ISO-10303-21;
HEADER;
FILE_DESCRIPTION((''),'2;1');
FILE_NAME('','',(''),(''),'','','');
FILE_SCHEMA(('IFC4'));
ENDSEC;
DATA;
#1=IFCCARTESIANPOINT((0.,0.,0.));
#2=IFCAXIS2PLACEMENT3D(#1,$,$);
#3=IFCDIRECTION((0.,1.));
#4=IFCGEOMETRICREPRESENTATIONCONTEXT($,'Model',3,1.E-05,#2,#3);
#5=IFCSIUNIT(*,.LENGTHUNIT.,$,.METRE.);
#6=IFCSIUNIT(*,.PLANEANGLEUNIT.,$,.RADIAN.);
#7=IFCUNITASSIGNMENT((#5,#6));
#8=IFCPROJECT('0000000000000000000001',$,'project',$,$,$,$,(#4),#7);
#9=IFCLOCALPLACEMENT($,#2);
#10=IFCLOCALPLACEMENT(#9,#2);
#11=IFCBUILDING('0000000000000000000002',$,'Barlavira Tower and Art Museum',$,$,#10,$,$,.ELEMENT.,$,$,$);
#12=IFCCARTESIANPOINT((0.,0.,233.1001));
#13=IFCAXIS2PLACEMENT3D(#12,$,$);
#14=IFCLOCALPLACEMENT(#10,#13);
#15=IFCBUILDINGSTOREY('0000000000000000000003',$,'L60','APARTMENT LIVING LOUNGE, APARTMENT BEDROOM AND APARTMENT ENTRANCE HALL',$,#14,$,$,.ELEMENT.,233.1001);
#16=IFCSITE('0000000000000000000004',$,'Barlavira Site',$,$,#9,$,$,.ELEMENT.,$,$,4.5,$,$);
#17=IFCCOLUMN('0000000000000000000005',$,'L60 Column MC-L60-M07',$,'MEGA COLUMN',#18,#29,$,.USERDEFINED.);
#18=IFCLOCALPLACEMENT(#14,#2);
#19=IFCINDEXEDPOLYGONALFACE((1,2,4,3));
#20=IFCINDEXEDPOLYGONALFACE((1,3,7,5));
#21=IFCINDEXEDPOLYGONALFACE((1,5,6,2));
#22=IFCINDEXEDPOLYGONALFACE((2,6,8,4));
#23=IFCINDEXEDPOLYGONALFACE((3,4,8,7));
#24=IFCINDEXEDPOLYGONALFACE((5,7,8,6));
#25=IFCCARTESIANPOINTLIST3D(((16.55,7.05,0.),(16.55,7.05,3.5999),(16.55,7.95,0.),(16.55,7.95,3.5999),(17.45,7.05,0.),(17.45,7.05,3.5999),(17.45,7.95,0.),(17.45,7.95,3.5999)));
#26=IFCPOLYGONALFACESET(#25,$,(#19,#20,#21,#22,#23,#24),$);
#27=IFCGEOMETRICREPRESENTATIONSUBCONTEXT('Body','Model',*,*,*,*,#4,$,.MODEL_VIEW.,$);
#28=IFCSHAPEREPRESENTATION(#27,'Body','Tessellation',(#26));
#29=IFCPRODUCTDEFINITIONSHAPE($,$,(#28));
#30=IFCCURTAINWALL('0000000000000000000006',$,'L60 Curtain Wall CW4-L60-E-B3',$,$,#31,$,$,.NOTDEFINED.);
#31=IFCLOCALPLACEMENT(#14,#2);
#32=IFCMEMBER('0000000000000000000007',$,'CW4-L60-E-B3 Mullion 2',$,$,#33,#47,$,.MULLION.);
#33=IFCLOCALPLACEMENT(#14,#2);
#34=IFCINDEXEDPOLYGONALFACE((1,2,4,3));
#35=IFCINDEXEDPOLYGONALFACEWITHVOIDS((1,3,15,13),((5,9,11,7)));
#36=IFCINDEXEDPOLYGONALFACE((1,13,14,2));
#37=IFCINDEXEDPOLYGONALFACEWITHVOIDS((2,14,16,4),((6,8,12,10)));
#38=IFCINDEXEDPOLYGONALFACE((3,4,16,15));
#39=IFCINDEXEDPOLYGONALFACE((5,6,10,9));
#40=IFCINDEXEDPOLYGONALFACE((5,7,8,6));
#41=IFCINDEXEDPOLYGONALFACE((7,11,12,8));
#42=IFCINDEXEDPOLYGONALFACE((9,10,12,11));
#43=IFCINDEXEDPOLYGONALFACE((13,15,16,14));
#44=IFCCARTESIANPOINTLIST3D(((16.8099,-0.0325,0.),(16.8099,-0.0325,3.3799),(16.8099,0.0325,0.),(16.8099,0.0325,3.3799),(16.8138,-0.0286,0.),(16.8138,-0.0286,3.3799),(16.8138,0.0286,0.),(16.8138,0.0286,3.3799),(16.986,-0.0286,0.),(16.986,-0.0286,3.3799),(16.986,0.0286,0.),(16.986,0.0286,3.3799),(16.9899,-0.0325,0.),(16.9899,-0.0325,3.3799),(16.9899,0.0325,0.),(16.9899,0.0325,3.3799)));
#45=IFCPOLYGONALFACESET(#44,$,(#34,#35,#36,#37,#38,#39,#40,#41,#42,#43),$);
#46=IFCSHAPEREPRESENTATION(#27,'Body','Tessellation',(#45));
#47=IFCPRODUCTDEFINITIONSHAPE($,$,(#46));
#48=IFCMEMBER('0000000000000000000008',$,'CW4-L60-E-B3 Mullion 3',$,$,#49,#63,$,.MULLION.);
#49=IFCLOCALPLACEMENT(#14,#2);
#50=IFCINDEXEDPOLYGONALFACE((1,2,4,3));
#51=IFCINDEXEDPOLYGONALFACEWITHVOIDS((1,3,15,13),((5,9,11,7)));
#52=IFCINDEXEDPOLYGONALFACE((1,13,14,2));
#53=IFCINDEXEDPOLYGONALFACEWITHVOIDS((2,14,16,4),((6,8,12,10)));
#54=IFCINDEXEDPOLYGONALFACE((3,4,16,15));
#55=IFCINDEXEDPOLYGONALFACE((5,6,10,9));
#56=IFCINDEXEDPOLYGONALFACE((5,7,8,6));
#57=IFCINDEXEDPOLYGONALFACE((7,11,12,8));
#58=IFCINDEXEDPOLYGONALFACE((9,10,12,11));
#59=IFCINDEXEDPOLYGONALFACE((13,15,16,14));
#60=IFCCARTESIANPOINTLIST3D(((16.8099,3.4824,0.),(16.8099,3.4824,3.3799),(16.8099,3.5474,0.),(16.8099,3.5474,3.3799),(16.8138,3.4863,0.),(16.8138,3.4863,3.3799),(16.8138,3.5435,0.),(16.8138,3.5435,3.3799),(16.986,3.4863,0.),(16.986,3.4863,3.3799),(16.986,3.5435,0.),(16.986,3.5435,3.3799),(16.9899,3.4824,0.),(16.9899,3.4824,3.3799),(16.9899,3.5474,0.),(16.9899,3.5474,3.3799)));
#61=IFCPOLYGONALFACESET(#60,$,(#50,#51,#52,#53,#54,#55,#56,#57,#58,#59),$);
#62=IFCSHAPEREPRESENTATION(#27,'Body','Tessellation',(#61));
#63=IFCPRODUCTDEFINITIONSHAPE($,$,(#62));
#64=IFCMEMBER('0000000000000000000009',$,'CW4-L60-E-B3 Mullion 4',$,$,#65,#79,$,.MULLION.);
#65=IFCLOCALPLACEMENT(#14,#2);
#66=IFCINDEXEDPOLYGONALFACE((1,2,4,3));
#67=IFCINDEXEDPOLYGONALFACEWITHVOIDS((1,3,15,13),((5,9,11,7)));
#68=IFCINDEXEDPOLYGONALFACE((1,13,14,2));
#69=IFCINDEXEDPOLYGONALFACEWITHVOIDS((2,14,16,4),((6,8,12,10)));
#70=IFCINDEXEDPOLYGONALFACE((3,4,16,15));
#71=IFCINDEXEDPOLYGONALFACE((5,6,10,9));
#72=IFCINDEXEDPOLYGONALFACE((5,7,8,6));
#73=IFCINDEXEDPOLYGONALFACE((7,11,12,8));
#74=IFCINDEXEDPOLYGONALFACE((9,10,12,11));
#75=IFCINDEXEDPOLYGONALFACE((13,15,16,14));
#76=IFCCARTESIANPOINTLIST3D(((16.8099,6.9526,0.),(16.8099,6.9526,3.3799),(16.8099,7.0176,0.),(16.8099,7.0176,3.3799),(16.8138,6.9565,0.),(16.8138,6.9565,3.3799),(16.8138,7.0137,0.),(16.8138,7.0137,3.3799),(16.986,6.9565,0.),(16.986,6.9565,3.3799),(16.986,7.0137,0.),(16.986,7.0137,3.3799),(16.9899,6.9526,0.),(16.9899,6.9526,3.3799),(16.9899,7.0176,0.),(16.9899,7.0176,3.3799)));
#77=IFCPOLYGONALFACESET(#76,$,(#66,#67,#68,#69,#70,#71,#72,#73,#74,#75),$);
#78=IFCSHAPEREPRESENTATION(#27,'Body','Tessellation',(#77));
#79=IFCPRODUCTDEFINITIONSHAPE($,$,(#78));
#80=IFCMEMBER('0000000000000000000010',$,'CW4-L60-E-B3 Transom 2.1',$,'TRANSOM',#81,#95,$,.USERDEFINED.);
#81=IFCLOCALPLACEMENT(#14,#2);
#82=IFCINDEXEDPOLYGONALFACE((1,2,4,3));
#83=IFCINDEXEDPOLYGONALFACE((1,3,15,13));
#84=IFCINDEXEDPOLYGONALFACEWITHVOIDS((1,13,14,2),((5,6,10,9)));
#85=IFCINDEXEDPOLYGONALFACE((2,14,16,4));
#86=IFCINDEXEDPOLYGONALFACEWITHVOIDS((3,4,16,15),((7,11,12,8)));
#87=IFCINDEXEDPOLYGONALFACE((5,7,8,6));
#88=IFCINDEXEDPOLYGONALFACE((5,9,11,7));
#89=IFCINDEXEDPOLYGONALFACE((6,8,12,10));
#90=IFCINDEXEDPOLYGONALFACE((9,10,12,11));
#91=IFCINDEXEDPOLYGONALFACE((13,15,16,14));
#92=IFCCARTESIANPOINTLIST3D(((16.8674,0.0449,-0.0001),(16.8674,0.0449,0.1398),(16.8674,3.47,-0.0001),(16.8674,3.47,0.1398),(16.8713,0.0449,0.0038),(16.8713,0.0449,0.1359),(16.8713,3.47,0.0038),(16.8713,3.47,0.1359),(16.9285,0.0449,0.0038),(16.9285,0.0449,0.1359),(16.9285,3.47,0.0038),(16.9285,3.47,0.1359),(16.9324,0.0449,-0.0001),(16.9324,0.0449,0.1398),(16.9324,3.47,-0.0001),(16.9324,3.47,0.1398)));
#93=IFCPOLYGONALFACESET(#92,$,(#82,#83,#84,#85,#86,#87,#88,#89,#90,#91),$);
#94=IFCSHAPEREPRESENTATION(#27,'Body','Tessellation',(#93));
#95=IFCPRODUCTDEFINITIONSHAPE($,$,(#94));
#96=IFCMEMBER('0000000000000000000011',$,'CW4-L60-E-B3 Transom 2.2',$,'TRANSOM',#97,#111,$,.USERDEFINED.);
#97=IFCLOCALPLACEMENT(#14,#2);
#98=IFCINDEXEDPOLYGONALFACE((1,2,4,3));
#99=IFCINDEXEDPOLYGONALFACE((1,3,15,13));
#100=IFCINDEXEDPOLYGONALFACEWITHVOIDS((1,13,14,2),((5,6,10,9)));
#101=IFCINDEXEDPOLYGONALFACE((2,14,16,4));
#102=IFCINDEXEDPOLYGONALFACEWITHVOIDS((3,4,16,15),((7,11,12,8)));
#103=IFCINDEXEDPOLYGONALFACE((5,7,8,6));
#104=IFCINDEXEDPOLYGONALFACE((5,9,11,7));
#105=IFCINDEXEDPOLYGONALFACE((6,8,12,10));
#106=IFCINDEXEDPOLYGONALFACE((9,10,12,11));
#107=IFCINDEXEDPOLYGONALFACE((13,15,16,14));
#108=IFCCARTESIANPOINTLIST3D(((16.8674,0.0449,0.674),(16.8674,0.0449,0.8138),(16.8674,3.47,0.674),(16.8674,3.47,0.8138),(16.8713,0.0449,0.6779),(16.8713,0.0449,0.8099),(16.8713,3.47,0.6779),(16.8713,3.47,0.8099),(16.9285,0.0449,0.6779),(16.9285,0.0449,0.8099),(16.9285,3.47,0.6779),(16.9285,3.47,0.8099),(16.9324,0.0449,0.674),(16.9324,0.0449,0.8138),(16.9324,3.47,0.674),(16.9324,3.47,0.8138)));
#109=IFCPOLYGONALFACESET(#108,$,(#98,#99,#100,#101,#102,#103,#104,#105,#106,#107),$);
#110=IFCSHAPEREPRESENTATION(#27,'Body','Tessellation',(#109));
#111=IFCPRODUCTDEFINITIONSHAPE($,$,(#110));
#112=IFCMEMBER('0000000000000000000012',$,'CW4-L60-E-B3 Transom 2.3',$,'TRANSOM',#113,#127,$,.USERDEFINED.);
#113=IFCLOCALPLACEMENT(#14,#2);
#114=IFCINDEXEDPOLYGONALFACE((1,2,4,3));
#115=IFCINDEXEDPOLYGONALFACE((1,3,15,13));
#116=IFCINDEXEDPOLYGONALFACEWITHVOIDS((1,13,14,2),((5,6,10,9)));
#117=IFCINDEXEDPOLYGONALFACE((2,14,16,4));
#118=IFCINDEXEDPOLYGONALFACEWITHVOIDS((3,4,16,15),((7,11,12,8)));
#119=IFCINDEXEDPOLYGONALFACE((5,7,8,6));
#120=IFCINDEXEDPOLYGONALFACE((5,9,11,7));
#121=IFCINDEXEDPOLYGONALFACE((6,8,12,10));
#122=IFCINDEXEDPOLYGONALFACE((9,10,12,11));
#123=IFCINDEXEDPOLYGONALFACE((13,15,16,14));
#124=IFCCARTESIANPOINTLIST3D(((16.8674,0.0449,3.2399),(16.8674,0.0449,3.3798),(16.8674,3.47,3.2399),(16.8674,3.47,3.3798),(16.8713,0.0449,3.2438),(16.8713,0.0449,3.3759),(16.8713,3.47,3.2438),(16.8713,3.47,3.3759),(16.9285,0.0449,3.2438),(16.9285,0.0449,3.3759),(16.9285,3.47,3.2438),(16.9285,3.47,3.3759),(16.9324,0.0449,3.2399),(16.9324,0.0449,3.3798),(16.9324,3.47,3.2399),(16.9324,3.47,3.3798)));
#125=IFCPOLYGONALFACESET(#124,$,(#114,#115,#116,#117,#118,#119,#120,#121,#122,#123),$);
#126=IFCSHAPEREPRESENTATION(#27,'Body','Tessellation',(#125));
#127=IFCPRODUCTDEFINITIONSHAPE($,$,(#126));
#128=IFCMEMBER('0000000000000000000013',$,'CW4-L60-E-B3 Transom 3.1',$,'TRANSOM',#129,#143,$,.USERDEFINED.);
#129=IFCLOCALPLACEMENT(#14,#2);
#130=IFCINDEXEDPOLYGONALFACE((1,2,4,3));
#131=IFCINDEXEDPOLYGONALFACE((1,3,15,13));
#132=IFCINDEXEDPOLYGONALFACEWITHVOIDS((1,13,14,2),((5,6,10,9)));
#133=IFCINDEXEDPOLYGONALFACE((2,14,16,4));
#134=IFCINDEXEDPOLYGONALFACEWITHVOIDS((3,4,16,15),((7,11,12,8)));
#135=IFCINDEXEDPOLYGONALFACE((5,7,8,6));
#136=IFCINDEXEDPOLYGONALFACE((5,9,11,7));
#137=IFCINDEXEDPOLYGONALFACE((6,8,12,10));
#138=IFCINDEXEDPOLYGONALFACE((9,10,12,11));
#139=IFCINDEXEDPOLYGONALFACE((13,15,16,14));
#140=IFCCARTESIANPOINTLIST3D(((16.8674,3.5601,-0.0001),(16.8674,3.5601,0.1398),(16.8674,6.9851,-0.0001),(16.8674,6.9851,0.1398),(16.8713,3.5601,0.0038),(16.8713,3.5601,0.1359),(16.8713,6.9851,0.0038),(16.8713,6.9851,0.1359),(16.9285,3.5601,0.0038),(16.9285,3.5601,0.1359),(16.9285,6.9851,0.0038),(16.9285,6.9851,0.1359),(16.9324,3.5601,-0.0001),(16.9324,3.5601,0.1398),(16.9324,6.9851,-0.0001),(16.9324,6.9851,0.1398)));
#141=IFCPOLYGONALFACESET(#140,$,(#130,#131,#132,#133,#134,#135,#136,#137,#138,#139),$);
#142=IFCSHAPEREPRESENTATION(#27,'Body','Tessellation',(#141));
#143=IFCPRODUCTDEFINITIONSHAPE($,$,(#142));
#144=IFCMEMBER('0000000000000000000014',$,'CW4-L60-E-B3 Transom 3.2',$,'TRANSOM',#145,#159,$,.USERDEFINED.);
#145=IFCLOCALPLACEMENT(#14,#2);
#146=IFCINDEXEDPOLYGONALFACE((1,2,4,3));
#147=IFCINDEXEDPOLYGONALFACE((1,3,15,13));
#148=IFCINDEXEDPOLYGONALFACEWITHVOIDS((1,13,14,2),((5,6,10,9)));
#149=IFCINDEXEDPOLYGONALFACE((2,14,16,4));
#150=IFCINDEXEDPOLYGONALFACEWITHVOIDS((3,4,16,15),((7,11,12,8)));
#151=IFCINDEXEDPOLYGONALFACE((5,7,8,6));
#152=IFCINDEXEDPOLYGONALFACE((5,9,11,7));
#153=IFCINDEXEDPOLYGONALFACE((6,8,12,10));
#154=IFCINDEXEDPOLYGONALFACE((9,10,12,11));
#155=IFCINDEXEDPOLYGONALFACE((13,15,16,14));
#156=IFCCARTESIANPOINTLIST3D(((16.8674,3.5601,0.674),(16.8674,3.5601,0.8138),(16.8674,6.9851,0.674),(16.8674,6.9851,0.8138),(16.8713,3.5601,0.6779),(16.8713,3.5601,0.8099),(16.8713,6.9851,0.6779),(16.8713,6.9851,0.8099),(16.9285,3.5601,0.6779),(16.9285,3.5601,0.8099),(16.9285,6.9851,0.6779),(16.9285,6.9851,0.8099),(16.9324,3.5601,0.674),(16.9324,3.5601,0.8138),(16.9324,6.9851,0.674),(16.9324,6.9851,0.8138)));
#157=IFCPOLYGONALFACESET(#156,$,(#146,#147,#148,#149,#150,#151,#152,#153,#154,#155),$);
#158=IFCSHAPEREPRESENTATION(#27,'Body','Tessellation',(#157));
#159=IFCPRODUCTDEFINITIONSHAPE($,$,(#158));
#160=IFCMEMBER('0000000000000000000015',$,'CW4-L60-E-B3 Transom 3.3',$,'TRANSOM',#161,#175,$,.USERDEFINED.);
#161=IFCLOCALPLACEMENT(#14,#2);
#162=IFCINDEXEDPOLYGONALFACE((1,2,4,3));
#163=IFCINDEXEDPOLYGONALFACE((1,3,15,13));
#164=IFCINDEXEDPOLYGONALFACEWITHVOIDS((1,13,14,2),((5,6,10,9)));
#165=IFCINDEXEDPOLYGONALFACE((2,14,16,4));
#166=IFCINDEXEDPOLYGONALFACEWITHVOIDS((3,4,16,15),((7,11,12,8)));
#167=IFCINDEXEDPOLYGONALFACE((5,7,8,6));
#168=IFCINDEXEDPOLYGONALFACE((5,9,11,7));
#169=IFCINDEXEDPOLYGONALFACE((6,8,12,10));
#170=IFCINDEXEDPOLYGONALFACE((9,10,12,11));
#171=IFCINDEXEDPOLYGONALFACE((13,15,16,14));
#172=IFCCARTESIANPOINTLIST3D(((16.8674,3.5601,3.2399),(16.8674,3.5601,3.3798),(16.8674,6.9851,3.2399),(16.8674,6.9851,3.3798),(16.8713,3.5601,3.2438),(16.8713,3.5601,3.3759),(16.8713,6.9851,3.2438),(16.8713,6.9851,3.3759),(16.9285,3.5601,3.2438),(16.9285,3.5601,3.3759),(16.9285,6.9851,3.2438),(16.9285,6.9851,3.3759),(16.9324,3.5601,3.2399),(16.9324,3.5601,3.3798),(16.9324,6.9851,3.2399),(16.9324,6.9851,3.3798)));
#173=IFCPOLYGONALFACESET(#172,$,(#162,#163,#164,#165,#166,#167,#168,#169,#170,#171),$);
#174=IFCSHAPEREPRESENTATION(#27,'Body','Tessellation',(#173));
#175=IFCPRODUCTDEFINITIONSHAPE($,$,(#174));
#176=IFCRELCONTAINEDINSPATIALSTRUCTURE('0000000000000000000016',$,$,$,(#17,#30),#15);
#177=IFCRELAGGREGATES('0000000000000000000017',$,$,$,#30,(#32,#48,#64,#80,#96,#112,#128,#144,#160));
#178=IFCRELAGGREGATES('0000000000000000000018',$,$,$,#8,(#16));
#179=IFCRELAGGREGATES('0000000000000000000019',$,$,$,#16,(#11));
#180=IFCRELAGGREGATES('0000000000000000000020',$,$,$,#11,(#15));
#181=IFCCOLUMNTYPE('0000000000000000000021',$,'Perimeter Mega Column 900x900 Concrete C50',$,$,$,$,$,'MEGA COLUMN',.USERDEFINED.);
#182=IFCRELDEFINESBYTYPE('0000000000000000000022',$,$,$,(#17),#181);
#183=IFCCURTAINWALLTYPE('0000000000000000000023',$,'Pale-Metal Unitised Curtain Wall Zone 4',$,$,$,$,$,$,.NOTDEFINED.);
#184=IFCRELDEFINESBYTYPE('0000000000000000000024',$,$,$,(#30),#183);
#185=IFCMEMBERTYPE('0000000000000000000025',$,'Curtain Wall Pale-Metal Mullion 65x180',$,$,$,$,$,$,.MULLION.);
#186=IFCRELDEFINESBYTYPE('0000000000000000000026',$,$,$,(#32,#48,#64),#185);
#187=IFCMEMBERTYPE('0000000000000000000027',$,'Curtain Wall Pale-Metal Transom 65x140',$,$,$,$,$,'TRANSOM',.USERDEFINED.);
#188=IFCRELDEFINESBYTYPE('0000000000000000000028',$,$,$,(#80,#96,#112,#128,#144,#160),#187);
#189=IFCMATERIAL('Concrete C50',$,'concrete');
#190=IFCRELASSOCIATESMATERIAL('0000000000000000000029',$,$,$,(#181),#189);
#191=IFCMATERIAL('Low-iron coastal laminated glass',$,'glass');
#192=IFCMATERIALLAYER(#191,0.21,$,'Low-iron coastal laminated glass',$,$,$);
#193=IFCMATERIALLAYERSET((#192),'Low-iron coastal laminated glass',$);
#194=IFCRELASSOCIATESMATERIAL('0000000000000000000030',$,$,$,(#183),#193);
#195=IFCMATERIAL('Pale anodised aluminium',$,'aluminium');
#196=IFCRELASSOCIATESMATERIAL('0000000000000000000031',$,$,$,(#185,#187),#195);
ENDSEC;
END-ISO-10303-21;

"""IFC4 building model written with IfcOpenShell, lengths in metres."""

from ifc_helpers import new_model, si_unit, direction, frame, origin, origin_2d, place, context, subcontext, project, spatial, rectangle, hollow_rectangle, extrude, material, layer, layer_set, material_profile, profile_set, type_object, element, aggregate, save


model = new_model("IFC4")

# Units and contexts
model_context = context("Model", 3, precision=1e-05, world=origin(), true_north=direction((0.0, 1.0)))
body_context = subcontext(model_context, "Body", "Model", "MODEL_VIEW")
ifc_project = project(units=[si_unit("LENGTHUNIT", "METRE"), si_unit("PLANEANGLEUNIT", "RADIAN")], contexts=[model_context])

# Site, building, storey
site_placement = place(None, origin())
site = spatial("IfcSite", under=ifc_project, at=site_placement, Name="Barlavira Site", CompositionType="ELEMENT", RefElevation=4.5)
building_placement = place(site_placement, origin())
building = spatial("IfcBuilding", under=site, at=building_placement, Name="Barlavira Tower and Art Museum", CompositionType="ELEMENT")
storey_placement = place(building_placement, frame((0.0, 0.0, 233.1001)))
storey = spatial("IfcBuildingStorey", under=building, at=storey_placement, Name="L60", Description="APARTMENT LIVING LOUNGE, APARTMENT BEDROOM AND APARTMENT ENTRANCE HALL", CompositionType="ELEMENT", Elevation=233.1001)

# Column
ifc_material_1 = material(Name="Concrete C50", Category="concrete")
ifc_material_profile_1 = material_profile(ifc_material_1, rectangle(XDim=0.8999, YDim=0.8999, at=origin_2d()), Name="RC-COL 900x900")
ifc_profile_set_1 = profile_set([ifc_material_profile_1], Name="Concrete C50")
column_type = type_object("IfcColumnType", Name="Perimeter Mega Column 900x900 Concrete C50", ElementType="MEGA COLUMN", PredefinedType="USERDEFINED", material=ifc_profile_set_1)
column_placement = place(storey_placement, frame((17.0, 7.5, 0.0), z_axis=(0.0, 0.0, 1.0), x_axis=(1.0, 0.0, 0.0)))
element("IfcColumn", 1, at=column_placement, inside=storey, type_object=column_type, Name="L60 Column MC-L60-M07", ObjectType="MEGA COLUMN", PredefinedType="USERDEFINED", context=body_context, shape_type="SweptSolid", body=[
    extrude(rectangle(XDim=0.8999, YDim=0.8999, at=origin_2d()), origin(), (0.0, 0.0, 1.0), 3.5999),
])

# Curtain wall, members
ifc_material_2 = material(Name="Low-iron coastal laminated glass", Category="glass")
ifc_layer_1 = layer(ifc_material_2, 0.21, Name="Low-iron coastal laminated glass")
ifc_layer_set_1 = layer_set([ifc_layer_1], Name="Low-iron coastal laminated glass")
curtain_wall_type = type_object("IfcCurtainWallType", Name="Pale-Metal Unitised Curtain Wall Zone 4", PredefinedType="NOTDEFINED", material=ifc_layer_set_1)
curtain_wall_placement = place(storey_placement, origin())
curtain_wall = element("IfcCurtainWall", 2, at=curtain_wall_placement, inside=storey, type_object=curtain_wall_type, Name="L60 Curtain Wall CW4-L60-E-B3", PredefinedType="NOTDEFINED")
ifc_material_3 = material(Name="Pale anodised aluminium", Category="aluminium")
ifc_material_profile_2 = material_profile(ifc_material_3, hollow_rectangle(XDim=0.0649, YDim=0.1799, WallThickness=0.0039, at=origin_2d()), Name="ALU-MULL 65x180x4")
ifc_profile_set_2 = profile_set([ifc_material_profile_2], Name="Pale anodised aluminium")
member_type_1 = type_object("IfcMemberType", Name="Curtain Wall Pale-Metal Mullion 65x180", PredefinedType="MULLION", material=ifc_profile_set_2)
member_1_placement = place(storey_placement, frame((16.8999, 0.0, 0.0), z_axis=(0.0, 0.0, 1.0), x_axis=(0.0, 1.0, 0.0)))
member_1 = element("IfcMember", 3, at=member_1_placement, type_object=member_type_1, Name="CW4-L60-E-B3 Mullion 2", PredefinedType="MULLION", context=body_context, shape_type="SweptSolid", body=[
    extrude(hollow_rectangle(XDim=0.0649, YDim=0.1799, WallThickness=0.0039, at=origin_2d()), origin(), (0.0, 0.0, 1.0), 3.3799),
])
member_2_placement = place(storey_placement, frame((16.8999, 3.5149, 0.0), z_axis=(0.0, 0.0, 1.0), x_axis=(0.0, 1.0, 0.0)))
member_2 = element("IfcMember", 4, at=member_2_placement, type_object=member_type_1, Name="CW4-L60-E-B3 Mullion 3", PredefinedType="MULLION", context=body_context, shape_type="SweptSolid", body=[
    extrude(hollow_rectangle(XDim=0.0649, YDim=0.1799, WallThickness=0.0039, at=origin_2d()), origin(), (0.0, 0.0, 1.0), 3.3799),
])
member_3_placement = place(storey_placement, frame((16.8999, 6.9851, 0.0), z_axis=(0.0, 0.0, 1.0), x_axis=(0.0, 1.0, 0.0)))
member_3 = element("IfcMember", 5, at=member_3_placement, type_object=member_type_1, Name="CW4-L60-E-B3 Mullion 4", PredefinedType="MULLION", context=body_context, shape_type="SweptSolid", body=[
    extrude(hollow_rectangle(XDim=0.0649, YDim=0.1799, WallThickness=0.0039, at=origin_2d()), origin(), (0.0, 0.0, 1.0), 3.3799),
])
ifc_material_profile_3 = material_profile(ifc_material_3, hollow_rectangle(XDim=0.0649, YDim=0.1399, WallThickness=0.0039, at=origin_2d()), Name="ALU-TRAN 65x140x4")
ifc_profile_set_3 = profile_set([ifc_material_profile_3], Name="Pale anodised aluminium")
member_type_2 = type_object("IfcMemberType", Name="Curtain Wall Pale-Metal Transom 65x140", ElementType="TRANSOM", PredefinedType="USERDEFINED", material=ifc_profile_set_3)
member_4_placement = place(storey_placement, frame((16.8999, 0.0449, 0.0698), z_axis=(0.0, 1.0, 0.0), x_axis=(-1.0, 0.0, 0.0)))
member_4 = element("IfcMember", 6, at=member_4_placement, type_object=member_type_2, Name="CW4-L60-E-B3 Transom 2.1", ObjectType="TRANSOM", PredefinedType="USERDEFINED", context=body_context, shape_type="SweptSolid", body=[
    extrude(hollow_rectangle(XDim=0.0649, YDim=0.1399, WallThickness=0.0039, at=origin_2d()), origin(), (0.0, 0.0, 1.0), 3.425),
])
member_5_placement = place(storey_placement, frame((16.8999, 0.0449, 0.7439), z_axis=(0.0, 1.0, 0.0), x_axis=(-1.0, 0.0, 0.0)))
member_5 = element("IfcMember", 7, at=member_5_placement, type_object=member_type_2, Name="CW4-L60-E-B3 Transom 2.2", ObjectType="TRANSOM", PredefinedType="USERDEFINED", context=body_context, shape_type="SweptSolid", body=[
    extrude(hollow_rectangle(XDim=0.0649, YDim=0.1399, WallThickness=0.0039, at=origin_2d()), origin(), (0.0, 0.0, 1.0), 3.425),
])
member_6_placement = place(storey_placement, frame((16.8999, 0.0449, 3.3098), z_axis=(0.0, 1.0, 0.0), x_axis=(-1.0, 0.0, 0.0)))
member_6 = element("IfcMember", 8, at=member_6_placement, type_object=member_type_2, Name="CW4-L60-E-B3 Transom 2.3", ObjectType="TRANSOM", PredefinedType="USERDEFINED", context=body_context, shape_type="SweptSolid", body=[
    extrude(hollow_rectangle(XDim=0.0649, YDim=0.1399, WallThickness=0.0039, at=origin_2d()), origin(), (0.0, 0.0, 1.0), 3.425),
])
member_7_placement = place(storey_placement, frame((16.8999, 3.5601, 0.0698), z_axis=(0.0, 1.0, 0.0), x_axis=(-1.0, 0.0, 0.0)))
member_7 = element("IfcMember", 9, at=member_7_placement, type_object=member_type_2, Name="CW4-L60-E-B3 Transom 3.1", ObjectType="TRANSOM", PredefinedType="USERDEFINED", context=body_context, shape_type="SweptSolid", body=[
    extrude(hollow_rectangle(XDim=0.0649, YDim=0.1399, WallThickness=0.0039, at=origin_2d()), origin(), (0.0, 0.0, 1.0), 3.425),
])
member_8_placement = place(storey_placement, frame((16.8999, 3.5601, 0.7439), z_axis=(0.0, 1.0, 0.0), x_axis=(-1.0, 0.0, 0.0)))
member_8 = element("IfcMember", 10, at=member_8_placement, type_object=member_type_2, Name="CW4-L60-E-B3 Transom 3.2", ObjectType="TRANSOM", PredefinedType="USERDEFINED", context=body_context, shape_type="SweptSolid", body=[
    extrude(hollow_rectangle(XDim=0.0649, YDim=0.1399, WallThickness=0.0039, at=origin_2d()), origin(), (0.0, 0.0, 1.0), 3.425),
])
member_9_placement = place(storey_placement, frame((16.8999, 3.5601, 3.3098), z_axis=(0.0, 1.0, 0.0), x_axis=(-1.0, 0.0, 0.0)))
member_9 = element("IfcMember", 11, at=member_9_placement, type_object=member_type_2, Name="CW4-L60-E-B3 Transom 3.3", ObjectType="TRANSOM", PredefinedType="USERDEFINED", context=body_context, shape_type="SweptSolid", body=[
    extrude(hollow_rectangle(XDim=0.0649, YDim=0.1399, WallThickness=0.0039, at=origin_2d()), origin(), (0.0, 0.0, 1.0), 3.425),
])

aggregate(curtain_wall, [member_1, member_2, member_3, member_4, member_5, member_6, member_7, member_8, member_9])

save(model, "model.ifc")
